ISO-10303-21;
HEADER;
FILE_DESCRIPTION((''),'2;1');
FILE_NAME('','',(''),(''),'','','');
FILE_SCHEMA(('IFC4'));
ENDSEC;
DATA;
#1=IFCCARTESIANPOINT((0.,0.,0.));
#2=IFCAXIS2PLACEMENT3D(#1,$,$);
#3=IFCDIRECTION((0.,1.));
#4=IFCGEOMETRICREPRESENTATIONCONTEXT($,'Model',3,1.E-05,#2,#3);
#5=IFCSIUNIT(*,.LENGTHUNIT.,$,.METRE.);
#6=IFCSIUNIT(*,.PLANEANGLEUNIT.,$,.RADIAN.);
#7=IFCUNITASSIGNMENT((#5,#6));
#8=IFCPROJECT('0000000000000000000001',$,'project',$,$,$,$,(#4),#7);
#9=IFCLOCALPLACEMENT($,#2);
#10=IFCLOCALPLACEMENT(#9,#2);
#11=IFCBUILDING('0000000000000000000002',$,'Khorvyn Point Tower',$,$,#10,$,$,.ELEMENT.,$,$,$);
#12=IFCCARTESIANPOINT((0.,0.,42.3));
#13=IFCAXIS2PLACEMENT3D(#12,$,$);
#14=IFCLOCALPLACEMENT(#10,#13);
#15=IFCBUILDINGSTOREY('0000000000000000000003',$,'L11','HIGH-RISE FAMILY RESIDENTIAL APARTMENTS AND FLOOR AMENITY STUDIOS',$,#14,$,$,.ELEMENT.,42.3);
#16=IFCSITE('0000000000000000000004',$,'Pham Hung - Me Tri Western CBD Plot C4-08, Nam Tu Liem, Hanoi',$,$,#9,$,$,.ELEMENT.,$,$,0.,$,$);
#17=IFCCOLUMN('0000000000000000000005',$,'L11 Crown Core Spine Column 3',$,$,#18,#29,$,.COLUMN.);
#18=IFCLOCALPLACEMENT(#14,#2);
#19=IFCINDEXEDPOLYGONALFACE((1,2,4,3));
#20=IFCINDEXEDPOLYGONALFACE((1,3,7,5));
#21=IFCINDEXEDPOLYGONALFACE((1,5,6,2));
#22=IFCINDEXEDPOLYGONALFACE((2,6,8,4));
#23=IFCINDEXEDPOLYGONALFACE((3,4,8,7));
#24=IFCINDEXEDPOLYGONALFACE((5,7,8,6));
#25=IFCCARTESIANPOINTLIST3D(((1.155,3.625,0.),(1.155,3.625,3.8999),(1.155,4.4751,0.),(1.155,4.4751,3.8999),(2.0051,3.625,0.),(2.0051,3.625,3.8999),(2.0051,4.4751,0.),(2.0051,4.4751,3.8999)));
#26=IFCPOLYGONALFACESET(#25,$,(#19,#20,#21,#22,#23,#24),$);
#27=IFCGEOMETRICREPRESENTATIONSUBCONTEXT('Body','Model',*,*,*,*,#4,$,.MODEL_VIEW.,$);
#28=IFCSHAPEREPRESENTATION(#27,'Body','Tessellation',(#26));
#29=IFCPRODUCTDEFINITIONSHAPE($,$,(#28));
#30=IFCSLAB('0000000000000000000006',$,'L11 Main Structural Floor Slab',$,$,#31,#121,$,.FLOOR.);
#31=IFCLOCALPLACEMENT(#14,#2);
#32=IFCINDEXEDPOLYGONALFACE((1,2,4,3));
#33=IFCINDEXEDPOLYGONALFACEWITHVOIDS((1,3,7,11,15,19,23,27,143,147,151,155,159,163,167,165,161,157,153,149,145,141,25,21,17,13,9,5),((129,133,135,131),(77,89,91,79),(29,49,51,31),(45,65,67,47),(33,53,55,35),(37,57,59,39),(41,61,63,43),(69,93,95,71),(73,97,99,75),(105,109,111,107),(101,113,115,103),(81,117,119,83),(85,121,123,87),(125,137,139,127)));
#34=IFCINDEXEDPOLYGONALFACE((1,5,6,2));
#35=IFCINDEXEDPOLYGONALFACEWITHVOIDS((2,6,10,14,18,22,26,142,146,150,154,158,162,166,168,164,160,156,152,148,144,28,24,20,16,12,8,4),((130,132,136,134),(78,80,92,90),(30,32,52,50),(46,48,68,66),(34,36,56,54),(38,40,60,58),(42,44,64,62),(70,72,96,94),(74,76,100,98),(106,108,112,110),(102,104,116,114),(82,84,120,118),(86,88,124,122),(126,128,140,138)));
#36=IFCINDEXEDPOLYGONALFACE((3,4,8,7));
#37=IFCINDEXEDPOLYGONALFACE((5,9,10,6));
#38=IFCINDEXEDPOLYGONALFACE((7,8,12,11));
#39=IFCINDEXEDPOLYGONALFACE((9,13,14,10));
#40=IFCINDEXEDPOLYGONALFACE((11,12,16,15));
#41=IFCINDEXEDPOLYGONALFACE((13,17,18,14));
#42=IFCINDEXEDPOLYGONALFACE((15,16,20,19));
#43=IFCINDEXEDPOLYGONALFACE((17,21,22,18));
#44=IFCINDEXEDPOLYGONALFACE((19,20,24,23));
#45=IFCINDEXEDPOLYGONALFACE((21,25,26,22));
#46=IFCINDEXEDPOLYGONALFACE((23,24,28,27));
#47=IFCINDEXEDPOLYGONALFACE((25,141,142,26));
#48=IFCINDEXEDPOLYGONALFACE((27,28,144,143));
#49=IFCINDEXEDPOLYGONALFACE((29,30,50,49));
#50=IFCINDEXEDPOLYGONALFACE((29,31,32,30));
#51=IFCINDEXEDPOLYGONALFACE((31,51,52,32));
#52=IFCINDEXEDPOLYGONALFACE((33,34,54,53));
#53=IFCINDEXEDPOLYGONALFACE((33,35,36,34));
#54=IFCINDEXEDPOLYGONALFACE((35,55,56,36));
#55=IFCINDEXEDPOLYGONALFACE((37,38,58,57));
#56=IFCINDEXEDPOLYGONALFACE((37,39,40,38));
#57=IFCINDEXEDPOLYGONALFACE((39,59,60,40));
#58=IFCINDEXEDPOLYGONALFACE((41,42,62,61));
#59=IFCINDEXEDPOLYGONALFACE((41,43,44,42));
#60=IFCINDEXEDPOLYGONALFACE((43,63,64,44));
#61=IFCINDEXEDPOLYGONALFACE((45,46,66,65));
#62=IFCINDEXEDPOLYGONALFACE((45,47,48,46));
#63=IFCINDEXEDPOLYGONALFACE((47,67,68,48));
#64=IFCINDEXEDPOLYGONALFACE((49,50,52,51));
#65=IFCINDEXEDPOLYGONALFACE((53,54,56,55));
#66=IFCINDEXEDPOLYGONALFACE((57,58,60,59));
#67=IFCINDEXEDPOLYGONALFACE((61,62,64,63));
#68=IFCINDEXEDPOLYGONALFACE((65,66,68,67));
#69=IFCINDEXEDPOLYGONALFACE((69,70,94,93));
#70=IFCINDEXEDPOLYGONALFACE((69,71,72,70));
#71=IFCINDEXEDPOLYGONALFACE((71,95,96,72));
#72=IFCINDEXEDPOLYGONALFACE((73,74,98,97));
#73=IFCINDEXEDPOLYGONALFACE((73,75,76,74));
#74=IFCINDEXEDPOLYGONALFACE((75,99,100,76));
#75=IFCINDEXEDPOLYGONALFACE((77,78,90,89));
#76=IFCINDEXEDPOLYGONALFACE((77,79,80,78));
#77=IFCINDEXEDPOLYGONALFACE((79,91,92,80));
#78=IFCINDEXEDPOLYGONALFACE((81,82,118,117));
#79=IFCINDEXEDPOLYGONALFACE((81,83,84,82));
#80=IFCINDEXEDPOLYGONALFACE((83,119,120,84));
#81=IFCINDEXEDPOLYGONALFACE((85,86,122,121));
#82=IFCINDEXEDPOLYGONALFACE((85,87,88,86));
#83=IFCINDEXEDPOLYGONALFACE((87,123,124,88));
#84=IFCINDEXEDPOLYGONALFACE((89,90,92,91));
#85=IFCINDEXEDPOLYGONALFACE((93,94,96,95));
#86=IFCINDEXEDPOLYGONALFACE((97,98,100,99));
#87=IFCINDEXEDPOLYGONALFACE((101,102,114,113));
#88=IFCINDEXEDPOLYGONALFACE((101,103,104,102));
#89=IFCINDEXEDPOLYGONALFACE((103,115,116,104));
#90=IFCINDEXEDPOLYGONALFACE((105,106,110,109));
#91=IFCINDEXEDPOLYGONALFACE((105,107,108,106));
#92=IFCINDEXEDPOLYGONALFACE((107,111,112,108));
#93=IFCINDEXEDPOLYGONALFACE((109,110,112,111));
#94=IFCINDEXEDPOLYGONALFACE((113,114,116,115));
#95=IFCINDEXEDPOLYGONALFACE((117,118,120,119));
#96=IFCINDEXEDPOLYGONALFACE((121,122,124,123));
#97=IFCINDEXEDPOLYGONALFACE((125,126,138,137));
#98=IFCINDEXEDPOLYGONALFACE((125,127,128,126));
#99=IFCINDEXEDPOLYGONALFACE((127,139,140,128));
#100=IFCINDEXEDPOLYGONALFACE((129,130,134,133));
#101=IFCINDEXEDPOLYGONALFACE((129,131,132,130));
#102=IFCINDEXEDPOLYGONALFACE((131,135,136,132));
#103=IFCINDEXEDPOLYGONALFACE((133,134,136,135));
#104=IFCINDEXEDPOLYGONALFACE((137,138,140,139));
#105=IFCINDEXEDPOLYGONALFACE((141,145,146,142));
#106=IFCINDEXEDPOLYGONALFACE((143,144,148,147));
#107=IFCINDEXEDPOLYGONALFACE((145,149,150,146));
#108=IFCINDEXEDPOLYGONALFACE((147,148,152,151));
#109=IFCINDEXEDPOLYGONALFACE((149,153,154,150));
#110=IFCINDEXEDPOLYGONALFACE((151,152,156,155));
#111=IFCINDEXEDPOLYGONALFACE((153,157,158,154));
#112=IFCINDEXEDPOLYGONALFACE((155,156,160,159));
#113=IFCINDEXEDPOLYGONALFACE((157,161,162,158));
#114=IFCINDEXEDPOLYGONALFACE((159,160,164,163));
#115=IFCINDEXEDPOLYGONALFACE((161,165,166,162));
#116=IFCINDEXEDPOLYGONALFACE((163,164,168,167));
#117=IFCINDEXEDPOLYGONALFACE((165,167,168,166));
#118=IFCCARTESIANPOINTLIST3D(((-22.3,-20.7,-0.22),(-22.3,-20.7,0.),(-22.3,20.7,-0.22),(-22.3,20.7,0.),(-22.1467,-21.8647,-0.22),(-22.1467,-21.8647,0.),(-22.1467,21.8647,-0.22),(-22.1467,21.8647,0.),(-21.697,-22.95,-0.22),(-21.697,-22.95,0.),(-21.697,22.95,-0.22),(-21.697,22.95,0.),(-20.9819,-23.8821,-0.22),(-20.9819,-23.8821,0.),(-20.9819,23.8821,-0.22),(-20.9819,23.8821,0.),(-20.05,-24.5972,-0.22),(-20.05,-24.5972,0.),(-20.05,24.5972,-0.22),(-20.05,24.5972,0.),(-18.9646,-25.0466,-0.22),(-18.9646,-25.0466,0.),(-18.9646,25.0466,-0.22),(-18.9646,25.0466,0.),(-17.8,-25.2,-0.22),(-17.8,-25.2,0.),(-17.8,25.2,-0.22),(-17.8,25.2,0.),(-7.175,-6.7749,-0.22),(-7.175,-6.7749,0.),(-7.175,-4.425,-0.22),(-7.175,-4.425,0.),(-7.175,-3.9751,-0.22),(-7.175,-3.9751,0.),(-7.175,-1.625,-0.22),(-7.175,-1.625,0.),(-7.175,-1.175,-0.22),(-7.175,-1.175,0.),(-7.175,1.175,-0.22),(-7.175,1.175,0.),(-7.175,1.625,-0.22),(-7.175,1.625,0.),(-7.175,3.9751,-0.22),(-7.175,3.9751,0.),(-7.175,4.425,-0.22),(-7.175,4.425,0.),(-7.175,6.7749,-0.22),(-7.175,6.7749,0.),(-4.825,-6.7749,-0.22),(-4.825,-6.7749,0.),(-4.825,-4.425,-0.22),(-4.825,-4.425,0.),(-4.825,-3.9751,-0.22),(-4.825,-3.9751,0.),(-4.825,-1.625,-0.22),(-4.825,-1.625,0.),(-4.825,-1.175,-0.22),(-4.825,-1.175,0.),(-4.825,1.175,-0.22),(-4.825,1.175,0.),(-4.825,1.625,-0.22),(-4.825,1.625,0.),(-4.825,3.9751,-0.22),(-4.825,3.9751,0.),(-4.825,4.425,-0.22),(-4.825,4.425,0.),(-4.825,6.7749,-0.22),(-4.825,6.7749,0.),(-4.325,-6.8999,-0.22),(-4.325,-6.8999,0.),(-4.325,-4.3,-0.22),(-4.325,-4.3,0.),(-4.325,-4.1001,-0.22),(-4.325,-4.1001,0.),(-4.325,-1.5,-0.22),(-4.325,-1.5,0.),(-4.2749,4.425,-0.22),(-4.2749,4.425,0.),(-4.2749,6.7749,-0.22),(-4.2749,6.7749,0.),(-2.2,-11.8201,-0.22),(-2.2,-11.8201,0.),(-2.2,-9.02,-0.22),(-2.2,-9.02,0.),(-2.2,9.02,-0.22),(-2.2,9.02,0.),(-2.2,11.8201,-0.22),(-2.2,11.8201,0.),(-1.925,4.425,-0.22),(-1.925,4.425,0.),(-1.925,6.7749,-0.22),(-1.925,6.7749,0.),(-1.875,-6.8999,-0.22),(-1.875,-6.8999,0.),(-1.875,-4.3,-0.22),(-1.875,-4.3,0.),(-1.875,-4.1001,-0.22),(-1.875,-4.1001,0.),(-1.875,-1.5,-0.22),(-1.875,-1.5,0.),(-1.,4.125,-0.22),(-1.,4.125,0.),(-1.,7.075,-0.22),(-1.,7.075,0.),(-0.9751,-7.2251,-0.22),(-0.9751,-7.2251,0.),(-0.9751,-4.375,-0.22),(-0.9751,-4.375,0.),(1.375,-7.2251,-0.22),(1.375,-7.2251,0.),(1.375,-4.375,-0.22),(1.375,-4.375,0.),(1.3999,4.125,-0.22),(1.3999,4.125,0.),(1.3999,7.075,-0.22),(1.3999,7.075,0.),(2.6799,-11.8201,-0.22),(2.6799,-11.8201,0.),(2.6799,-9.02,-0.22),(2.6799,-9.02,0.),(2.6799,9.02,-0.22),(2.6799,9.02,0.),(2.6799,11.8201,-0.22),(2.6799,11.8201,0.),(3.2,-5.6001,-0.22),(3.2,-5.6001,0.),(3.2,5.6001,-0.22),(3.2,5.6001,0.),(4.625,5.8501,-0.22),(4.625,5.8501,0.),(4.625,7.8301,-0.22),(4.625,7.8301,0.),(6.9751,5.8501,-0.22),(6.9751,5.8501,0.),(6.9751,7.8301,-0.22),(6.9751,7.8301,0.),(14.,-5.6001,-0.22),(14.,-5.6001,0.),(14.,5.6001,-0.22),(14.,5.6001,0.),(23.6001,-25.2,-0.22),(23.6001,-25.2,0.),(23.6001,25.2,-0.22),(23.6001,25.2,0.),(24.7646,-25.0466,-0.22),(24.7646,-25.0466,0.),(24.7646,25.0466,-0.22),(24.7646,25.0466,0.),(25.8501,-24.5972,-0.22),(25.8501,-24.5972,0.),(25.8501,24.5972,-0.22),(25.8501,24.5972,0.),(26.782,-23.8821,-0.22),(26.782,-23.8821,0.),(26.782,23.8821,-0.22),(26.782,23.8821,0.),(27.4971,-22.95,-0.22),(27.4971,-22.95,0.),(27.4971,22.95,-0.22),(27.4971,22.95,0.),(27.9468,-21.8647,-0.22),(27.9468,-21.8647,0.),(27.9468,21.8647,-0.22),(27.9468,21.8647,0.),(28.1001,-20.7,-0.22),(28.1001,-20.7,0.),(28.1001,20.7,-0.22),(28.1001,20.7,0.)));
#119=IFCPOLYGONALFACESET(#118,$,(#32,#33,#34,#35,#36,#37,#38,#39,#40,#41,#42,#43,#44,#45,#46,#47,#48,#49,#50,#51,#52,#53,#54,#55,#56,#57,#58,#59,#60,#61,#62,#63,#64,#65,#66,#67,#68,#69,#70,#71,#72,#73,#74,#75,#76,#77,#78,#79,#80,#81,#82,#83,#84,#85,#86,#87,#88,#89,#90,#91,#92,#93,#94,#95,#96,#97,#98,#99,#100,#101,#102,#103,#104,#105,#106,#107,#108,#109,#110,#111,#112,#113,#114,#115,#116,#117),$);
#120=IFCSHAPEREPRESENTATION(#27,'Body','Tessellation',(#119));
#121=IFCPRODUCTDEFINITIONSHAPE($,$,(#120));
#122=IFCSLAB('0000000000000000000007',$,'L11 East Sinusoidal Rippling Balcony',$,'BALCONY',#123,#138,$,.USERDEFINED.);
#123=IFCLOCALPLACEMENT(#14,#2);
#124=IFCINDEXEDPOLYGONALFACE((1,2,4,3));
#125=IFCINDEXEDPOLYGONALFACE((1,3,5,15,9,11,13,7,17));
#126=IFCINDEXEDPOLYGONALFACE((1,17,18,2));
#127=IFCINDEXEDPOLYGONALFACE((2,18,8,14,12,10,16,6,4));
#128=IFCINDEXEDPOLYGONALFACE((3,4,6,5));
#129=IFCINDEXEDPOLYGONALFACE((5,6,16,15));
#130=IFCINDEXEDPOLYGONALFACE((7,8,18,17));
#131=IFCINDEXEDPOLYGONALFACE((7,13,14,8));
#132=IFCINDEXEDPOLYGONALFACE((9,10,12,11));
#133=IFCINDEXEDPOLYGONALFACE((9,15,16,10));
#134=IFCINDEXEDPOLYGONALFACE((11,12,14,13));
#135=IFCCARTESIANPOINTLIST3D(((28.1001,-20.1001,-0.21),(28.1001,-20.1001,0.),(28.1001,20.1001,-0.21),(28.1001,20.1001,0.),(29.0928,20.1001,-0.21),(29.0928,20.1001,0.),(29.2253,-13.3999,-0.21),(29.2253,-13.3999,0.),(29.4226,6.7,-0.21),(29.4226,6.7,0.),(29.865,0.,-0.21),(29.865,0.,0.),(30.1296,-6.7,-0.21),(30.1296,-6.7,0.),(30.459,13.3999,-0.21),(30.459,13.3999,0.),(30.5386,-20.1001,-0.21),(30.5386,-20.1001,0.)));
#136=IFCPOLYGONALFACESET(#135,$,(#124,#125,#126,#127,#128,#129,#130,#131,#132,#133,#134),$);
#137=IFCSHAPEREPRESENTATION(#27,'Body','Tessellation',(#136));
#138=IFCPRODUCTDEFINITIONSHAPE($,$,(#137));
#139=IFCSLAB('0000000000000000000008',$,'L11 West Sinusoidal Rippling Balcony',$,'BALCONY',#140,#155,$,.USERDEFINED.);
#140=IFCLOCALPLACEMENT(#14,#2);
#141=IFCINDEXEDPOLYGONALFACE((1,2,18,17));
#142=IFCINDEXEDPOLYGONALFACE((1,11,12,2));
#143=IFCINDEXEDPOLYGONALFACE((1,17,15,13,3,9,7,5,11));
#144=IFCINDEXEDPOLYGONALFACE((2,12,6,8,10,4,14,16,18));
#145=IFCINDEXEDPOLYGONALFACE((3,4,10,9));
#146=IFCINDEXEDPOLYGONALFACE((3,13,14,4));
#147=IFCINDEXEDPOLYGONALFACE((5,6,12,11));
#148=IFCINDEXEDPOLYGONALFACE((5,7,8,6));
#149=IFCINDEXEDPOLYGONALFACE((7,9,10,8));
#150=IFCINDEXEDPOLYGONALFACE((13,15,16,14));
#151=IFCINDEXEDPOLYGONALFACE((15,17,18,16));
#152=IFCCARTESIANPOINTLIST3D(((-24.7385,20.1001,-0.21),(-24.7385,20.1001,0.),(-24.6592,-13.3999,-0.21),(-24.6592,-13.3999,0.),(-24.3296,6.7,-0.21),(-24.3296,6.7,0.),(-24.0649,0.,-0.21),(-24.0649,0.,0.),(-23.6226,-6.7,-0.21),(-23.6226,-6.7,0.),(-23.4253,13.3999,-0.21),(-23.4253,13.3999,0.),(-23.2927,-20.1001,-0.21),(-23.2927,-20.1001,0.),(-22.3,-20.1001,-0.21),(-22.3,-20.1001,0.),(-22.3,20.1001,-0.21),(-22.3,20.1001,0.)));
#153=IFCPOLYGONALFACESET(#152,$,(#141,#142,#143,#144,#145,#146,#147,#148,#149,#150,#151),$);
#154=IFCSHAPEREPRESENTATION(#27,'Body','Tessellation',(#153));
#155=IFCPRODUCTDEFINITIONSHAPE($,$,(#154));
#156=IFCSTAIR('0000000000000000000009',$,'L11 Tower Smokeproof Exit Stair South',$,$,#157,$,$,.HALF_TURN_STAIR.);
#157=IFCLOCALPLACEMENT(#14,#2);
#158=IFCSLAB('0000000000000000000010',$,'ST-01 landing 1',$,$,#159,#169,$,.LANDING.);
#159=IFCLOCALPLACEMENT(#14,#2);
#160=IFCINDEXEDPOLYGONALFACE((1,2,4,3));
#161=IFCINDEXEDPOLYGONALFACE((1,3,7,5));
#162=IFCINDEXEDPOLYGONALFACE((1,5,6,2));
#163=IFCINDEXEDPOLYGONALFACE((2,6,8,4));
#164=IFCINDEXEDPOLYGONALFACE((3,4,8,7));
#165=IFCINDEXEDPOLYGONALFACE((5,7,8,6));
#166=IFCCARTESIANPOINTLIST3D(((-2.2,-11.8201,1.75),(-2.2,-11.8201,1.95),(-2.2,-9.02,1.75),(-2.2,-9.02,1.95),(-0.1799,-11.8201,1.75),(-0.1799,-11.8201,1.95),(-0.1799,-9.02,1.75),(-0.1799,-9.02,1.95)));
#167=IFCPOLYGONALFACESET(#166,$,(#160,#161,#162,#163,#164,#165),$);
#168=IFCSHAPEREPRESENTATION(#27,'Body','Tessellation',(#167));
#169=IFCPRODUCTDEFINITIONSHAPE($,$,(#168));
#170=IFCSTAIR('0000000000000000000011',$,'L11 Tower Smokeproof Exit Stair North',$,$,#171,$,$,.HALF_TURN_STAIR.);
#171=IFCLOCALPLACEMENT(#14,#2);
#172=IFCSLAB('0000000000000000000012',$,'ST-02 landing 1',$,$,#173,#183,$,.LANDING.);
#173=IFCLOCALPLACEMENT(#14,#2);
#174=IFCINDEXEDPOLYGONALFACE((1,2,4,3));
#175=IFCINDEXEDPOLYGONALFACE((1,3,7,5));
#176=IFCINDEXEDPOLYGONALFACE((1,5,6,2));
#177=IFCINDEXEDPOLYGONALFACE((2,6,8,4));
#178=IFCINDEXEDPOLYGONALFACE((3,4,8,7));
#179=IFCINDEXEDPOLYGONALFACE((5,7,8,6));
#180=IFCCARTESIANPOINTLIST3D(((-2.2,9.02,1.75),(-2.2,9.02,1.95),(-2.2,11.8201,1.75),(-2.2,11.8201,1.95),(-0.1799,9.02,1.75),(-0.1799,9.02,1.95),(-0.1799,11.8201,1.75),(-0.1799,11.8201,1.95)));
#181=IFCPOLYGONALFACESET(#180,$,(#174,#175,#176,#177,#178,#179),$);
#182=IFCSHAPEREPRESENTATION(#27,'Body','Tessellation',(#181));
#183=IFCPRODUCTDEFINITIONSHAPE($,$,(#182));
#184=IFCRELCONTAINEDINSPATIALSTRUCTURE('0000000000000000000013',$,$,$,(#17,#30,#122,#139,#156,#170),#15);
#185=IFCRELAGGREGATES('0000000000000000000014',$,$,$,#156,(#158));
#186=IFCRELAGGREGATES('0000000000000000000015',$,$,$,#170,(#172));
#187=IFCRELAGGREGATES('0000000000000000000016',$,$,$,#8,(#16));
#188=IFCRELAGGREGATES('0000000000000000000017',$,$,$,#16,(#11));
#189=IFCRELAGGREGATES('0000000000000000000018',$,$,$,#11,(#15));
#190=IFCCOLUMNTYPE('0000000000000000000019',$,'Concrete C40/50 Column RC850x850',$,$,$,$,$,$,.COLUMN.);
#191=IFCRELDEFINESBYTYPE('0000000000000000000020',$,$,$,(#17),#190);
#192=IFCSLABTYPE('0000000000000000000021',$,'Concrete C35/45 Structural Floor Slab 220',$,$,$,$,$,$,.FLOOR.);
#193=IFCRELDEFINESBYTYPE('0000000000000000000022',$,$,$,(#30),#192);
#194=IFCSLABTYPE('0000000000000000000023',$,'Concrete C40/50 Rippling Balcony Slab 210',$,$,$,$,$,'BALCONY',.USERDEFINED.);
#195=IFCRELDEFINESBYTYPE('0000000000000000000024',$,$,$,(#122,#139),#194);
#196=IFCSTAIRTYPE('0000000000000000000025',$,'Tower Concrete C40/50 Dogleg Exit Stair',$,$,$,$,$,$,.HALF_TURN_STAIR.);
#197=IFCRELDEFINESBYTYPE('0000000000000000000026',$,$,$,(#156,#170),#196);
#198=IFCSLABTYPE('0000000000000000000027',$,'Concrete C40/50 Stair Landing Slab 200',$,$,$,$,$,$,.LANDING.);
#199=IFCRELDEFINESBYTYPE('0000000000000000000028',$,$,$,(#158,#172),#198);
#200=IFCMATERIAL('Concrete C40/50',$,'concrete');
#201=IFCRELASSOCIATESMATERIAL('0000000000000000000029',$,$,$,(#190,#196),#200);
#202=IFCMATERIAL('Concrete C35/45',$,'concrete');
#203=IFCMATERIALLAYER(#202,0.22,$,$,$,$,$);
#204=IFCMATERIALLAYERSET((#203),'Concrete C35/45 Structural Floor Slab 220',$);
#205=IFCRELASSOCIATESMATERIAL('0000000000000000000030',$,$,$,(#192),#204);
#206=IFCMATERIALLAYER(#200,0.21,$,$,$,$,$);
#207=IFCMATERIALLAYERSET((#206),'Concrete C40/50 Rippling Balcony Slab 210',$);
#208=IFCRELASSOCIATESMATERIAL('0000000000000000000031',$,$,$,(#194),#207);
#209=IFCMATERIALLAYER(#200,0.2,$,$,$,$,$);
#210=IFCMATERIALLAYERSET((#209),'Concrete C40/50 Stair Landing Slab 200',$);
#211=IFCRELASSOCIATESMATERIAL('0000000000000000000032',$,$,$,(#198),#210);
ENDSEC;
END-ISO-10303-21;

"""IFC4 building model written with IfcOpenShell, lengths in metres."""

from ifc_helpers import new_model, si_unit, direction, frame, origin, origin_2d, place, context, subcontext, project, spatial, polyline, rectangle, outline, extrude, material, layer, layer_set, material_profile, profile_set, type_object, element, aggregate, save


model = new_model("IFC4")

# Units and contexts
model_context = context("Model", 3, precision=1e-05, world=origin(), true_north=direction((0.0, 1.0)))
body_context = subcontext(model_context, "Body", "Model", "MODEL_VIEW")
ifc_project = project(units=[si_unit("LENGTHUNIT", "METRE"), si_unit("PLANEANGLEUNIT", "RADIAN")], contexts=[model_context])

# Site, building, storey
site_placement = place(None, origin())
site = spatial("IfcSite", under=ifc_project, at=site_placement, Name="Pham Hung - Me Tri Western CBD Plot C4-08, Nam Tu Liem, Hanoi", CompositionType="ELEMENT", RefElevation=0.0)
building_placement = place(site_placement, origin())
building = spatial("IfcBuilding", under=site, at=building_placement, Name="Khorvyn Point Tower", CompositionType="ELEMENT")
storey_placement = place(building_placement, frame((0.0, 0.0, 42.3)))
storey = spatial("IfcBuildingStorey", under=building, at=storey_placement, Name="L11", Description="HIGH-RISE FAMILY RESIDENTIAL APARTMENTS AND FLOOR AMENITY STUDIOS", CompositionType="ELEMENT", Elevation=42.3)

# Column
ifc_material_1 = material(Name="Concrete C40/50", Category="concrete")
ifc_material_profile = material_profile(ifc_material_1, rectangle(XDim=0.8501, YDim=0.8501, at=origin_2d()))
ifc_profile_set = profile_set([ifc_material_profile], Name="Concrete C40/50 RC850x850")
column_type = type_object("IfcColumnType", Name="Concrete C40/50 Column RC850x850", PredefinedType="COLUMN", material=ifc_profile_set)
column_placement = place(storey_placement, frame((1.5801, 4.05, 0.0), z_axis=(0.0, 0.0, 1.0), x_axis=(1.0, 0.0, 0.0)))
element("IfcColumn", 1, at=column_placement, inside=storey, type_object=column_type, Name="L11 Crown Core Spine Column 3", PredefinedType="COLUMN", context=body_context, shape_type="SweptSolid", body=[
    extrude(rectangle(XDim=0.8501, YDim=0.8501, at=origin_2d()), origin(), (0.0, 0.0, 1.0), 3.8999),
])

# Slabs
ifc_material_2 = material(Name="Concrete C35/45", Category="concrete")
ifc_layer_1 = layer(ifc_material_2, 0.22)
ifc_layer_set_1 = layer_set([ifc_layer_1], Name="Concrete C35/45 Structural Floor Slab 220")
slab_type_1 = type_object("IfcSlabType", Name="Concrete C35/45 Structural Floor Slab 220", PredefinedType="FLOOR", material=ifc_layer_set_1)
slab_1_placement = place(storey_placement, frame((0.0, 0.0, -0.22)))
element("IfcSlab", 2, at=slab_1_placement, inside=storey, type_object=slab_type_1, Name="L11 Main Structural Floor Slab", PredefinedType="FLOOR", context=body_context, shape_type="SweptSolid", body=[
    extrude(outline(polyline([(-17.8, -25.2), (-18.9646, -25.0466), (-20.05, -24.5972), (-20.9819, -23.8821), (-21.697, -22.95), (-22.1467, -21.8647), (-22.3, -20.7), (-22.3, 20.7), (-22.1467, 21.8647), (-21.697, 22.95), (-20.9819, 23.8821), (-20.05, 24.5972), (-18.9646, 25.0466), (-17.8, 25.2), (23.6001, 25.2), (24.7646, 25.0466), (25.8501, 24.5972), (26.782, 23.8821), (27.4971, 22.95), (27.9468, 21.8647), (28.1001, 20.7), (28.1001, -20.7), (27.9468, -21.8647), (27.4971, -22.95), (26.782, -23.8821), (25.8501, -24.5972), (24.7646, -25.0466), (23.6001, -25.2), (-17.8, -25.2)]), holes=[polyline([(-4.825, -6.7749), (-4.825, -4.425), (-7.175, -4.425), (-7.175, -6.7749), (-4.825, -6.7749)]), polyline([(-4.325, -6.8999), (-1.875, -6.8999), (-1.875, -4.3), (-4.325, -4.3), (-4.325, -6.8999)]), polyline([(-7.175, -3.9751), (-4.825, -3.9751), (-4.825, -1.625), (-7.175, -1.625), (-7.175, -3.9751)]), polyline([(-7.175, -1.175), (-4.825, -1.175), (-4.825, 1.175), (-7.175, 1.175), (-7.175, -1.175)]), polyline([(-7.175, 1.625), (-4.825, 1.625), (-4.825, 3.9751), (-7.175, 3.9751), (-7.175, 1.625)]), polyline([(-7.175, 4.425), (-4.825, 4.425), (-4.825, 6.7749), (-7.175, 6.7749), (-7.175, 4.425)]), polyline([(-4.2749, 4.425), (-1.925, 4.425), (-1.925, 6.7749), (-4.2749, 6.7749), (-4.2749, 4.425)]), polyline([(2.6799, -11.8201), (2.6799, -9.02), (-2.2, -9.02), (-2.2, -11.8201), (2.6799, -11.8201)]), polyline([(-0.9751, -7.2251), (1.375, -7.2251), (1.375, -4.375), (-0.9751, -4.375), (-0.9751, -7.2251)]), polyline([(-4.325, -4.1001), (-1.875, -4.1001), (-1.875, -1.5), (-4.325, -1.5), (-4.325, -4.1001)]), polyline([(3.2, -5.6001), (14.0, -5.6001), (14.0, 5.6001), (3.2, 5.6001), (3.2, -5.6001)]), polyline([(-1.0, 4.125), (1.3999, 4.125), (1.3999, 7.075), (-1.0, 7.075), (-1.0, 4.125)]), polyline([(4.625, 5.8501), (6.9751, 5.8501), (6.9751, 7.8301), (4.625, 7.8301), (4.625, 5.8501)]), polyline([(-2.2, 9.02), (2.6799, 9.02), (2.6799, 11.8201), (-2.2, 11.8201), (-2.2, 9.02)])]), origin(), (0.0, 0.0, 1.0), 0.22),
])
ifc_layer_2 = layer(ifc_material_1, 0.21)
ifc_layer_set_2 = layer_set([ifc_layer_2], Name="Concrete C40/50 Rippling Balcony Slab 210")
slab_type_2 = type_object("IfcSlabType", Name="Concrete C40/50 Rippling Balcony Slab 210", ElementType="BALCONY", PredefinedType="USERDEFINED", material=ifc_layer_set_2)
slab_2_placement = place(storey_placement, frame((0.0, 0.0, -0.21)))
element("IfcSlab", 3, at=slab_2_placement, inside=storey, type_object=slab_type_2, Name="L11 East Sinusoidal Rippling Balcony", ObjectType="BALCONY", PredefinedType="USERDEFINED", context=body_context, shape_type="SweptSolid", body=[
    extrude(outline(polyline([(28.1001, -20.1001), (30.5386, -20.1001), (29.2253, -13.3999), (30.1296, -6.7), (29.865, 0.0), (29.4226, 6.7), (30.459, 13.3999), (29.0928, 20.1001), (28.1001, 20.1001), (28.1001, -20.1001)])), origin(), (0.0, 0.0, 1.0), 0.21),
])
slab_3_placement = place(storey_placement, frame((0.0, 0.0, -0.21)))
element("IfcSlab", 4, at=slab_3_placement, inside=storey, type_object=slab_type_2, Name="L11 West Sinusoidal Rippling Balcony", ObjectType="BALCONY", PredefinedType="USERDEFINED", context=body_context, shape_type="SweptSolid", body=[
    extrude(outline(polyline([(-22.3, 20.1001), (-24.7385, 20.1001), (-23.4253, 13.3999), (-24.3296, 6.7), (-24.0649, 0.0), (-23.6226, -6.7), (-24.6592, -13.3999), (-23.2927, -20.1001), (-22.3, -20.1001), (-22.3, 20.1001)])), origin(), (0.0, 0.0, 1.0), 0.21),
])

# Stairs, slabs
stair_type = type_object("IfcStairType", Name="Tower Concrete C40/50 Dogleg Exit Stair", PredefinedType="HALF_TURN_STAIR", material=ifc_material_1)
stair_1_placement = place(storey_placement, origin())
stair_1 = element("IfcStair", 5, at=stair_1_placement, inside=storey, type_object=stair_type, Name="L11 Tower Smokeproof Exit Stair South", PredefinedType="HALF_TURN_STAIR")
ifc_layer_3 = layer(ifc_material_1, 0.2)
ifc_layer_set_3 = layer_set([ifc_layer_3], Name="Concrete C40/50 Stair Landing Slab 200")
slab_type_3 = type_object("IfcSlabType", Name="Concrete C40/50 Stair Landing Slab 200", PredefinedType="LANDING", material=ifc_layer_set_3)
slab_4_placement = place(storey_placement, frame((0.0, 0.0, 1.75)))
slab_4 = element("IfcSlab", 6, at=slab_4_placement, type_object=slab_type_3, Name="ST-01 landing 1", PredefinedType="LANDING", context=body_context, shape_type="SweptSolid", body=[
    extrude(outline(polyline([(-0.1799, -9.02), (-2.2, -9.02), (-2.2, -11.8201), (-0.1799, -11.8201), (-0.1799, -9.02)])), origin(), (0.0, 0.0, 1.0), 0.2),
])
aggregate(stair_1, [slab_4])
stair_2_placement = place(storey_placement, origin())
stair_2 = element("IfcStair", 7, at=stair_2_placement, inside=storey, type_object=stair_type, Name="L11 Tower Smokeproof Exit Stair North", PredefinedType="HALF_TURN_STAIR")
slab_5_placement = place(storey_placement, frame((0.0, 0.0, 1.75)))
slab_5 = element("IfcSlab", 8, at=slab_5_placement, type_object=slab_type_3, Name="ST-02 landing 1", PredefinedType="LANDING", context=body_context, shape_type="SweptSolid", body=[
    extrude(outline(polyline([(-0.1799, 11.8201), (-2.2, 11.8201), (-2.2, 9.02), (-0.1799, 9.02), (-0.1799, 11.8201)])), origin(), (0.0, 0.0, 1.0), 0.2),
])

aggregate(stair_2, [slab_5])

save(model, "model.ifc")
